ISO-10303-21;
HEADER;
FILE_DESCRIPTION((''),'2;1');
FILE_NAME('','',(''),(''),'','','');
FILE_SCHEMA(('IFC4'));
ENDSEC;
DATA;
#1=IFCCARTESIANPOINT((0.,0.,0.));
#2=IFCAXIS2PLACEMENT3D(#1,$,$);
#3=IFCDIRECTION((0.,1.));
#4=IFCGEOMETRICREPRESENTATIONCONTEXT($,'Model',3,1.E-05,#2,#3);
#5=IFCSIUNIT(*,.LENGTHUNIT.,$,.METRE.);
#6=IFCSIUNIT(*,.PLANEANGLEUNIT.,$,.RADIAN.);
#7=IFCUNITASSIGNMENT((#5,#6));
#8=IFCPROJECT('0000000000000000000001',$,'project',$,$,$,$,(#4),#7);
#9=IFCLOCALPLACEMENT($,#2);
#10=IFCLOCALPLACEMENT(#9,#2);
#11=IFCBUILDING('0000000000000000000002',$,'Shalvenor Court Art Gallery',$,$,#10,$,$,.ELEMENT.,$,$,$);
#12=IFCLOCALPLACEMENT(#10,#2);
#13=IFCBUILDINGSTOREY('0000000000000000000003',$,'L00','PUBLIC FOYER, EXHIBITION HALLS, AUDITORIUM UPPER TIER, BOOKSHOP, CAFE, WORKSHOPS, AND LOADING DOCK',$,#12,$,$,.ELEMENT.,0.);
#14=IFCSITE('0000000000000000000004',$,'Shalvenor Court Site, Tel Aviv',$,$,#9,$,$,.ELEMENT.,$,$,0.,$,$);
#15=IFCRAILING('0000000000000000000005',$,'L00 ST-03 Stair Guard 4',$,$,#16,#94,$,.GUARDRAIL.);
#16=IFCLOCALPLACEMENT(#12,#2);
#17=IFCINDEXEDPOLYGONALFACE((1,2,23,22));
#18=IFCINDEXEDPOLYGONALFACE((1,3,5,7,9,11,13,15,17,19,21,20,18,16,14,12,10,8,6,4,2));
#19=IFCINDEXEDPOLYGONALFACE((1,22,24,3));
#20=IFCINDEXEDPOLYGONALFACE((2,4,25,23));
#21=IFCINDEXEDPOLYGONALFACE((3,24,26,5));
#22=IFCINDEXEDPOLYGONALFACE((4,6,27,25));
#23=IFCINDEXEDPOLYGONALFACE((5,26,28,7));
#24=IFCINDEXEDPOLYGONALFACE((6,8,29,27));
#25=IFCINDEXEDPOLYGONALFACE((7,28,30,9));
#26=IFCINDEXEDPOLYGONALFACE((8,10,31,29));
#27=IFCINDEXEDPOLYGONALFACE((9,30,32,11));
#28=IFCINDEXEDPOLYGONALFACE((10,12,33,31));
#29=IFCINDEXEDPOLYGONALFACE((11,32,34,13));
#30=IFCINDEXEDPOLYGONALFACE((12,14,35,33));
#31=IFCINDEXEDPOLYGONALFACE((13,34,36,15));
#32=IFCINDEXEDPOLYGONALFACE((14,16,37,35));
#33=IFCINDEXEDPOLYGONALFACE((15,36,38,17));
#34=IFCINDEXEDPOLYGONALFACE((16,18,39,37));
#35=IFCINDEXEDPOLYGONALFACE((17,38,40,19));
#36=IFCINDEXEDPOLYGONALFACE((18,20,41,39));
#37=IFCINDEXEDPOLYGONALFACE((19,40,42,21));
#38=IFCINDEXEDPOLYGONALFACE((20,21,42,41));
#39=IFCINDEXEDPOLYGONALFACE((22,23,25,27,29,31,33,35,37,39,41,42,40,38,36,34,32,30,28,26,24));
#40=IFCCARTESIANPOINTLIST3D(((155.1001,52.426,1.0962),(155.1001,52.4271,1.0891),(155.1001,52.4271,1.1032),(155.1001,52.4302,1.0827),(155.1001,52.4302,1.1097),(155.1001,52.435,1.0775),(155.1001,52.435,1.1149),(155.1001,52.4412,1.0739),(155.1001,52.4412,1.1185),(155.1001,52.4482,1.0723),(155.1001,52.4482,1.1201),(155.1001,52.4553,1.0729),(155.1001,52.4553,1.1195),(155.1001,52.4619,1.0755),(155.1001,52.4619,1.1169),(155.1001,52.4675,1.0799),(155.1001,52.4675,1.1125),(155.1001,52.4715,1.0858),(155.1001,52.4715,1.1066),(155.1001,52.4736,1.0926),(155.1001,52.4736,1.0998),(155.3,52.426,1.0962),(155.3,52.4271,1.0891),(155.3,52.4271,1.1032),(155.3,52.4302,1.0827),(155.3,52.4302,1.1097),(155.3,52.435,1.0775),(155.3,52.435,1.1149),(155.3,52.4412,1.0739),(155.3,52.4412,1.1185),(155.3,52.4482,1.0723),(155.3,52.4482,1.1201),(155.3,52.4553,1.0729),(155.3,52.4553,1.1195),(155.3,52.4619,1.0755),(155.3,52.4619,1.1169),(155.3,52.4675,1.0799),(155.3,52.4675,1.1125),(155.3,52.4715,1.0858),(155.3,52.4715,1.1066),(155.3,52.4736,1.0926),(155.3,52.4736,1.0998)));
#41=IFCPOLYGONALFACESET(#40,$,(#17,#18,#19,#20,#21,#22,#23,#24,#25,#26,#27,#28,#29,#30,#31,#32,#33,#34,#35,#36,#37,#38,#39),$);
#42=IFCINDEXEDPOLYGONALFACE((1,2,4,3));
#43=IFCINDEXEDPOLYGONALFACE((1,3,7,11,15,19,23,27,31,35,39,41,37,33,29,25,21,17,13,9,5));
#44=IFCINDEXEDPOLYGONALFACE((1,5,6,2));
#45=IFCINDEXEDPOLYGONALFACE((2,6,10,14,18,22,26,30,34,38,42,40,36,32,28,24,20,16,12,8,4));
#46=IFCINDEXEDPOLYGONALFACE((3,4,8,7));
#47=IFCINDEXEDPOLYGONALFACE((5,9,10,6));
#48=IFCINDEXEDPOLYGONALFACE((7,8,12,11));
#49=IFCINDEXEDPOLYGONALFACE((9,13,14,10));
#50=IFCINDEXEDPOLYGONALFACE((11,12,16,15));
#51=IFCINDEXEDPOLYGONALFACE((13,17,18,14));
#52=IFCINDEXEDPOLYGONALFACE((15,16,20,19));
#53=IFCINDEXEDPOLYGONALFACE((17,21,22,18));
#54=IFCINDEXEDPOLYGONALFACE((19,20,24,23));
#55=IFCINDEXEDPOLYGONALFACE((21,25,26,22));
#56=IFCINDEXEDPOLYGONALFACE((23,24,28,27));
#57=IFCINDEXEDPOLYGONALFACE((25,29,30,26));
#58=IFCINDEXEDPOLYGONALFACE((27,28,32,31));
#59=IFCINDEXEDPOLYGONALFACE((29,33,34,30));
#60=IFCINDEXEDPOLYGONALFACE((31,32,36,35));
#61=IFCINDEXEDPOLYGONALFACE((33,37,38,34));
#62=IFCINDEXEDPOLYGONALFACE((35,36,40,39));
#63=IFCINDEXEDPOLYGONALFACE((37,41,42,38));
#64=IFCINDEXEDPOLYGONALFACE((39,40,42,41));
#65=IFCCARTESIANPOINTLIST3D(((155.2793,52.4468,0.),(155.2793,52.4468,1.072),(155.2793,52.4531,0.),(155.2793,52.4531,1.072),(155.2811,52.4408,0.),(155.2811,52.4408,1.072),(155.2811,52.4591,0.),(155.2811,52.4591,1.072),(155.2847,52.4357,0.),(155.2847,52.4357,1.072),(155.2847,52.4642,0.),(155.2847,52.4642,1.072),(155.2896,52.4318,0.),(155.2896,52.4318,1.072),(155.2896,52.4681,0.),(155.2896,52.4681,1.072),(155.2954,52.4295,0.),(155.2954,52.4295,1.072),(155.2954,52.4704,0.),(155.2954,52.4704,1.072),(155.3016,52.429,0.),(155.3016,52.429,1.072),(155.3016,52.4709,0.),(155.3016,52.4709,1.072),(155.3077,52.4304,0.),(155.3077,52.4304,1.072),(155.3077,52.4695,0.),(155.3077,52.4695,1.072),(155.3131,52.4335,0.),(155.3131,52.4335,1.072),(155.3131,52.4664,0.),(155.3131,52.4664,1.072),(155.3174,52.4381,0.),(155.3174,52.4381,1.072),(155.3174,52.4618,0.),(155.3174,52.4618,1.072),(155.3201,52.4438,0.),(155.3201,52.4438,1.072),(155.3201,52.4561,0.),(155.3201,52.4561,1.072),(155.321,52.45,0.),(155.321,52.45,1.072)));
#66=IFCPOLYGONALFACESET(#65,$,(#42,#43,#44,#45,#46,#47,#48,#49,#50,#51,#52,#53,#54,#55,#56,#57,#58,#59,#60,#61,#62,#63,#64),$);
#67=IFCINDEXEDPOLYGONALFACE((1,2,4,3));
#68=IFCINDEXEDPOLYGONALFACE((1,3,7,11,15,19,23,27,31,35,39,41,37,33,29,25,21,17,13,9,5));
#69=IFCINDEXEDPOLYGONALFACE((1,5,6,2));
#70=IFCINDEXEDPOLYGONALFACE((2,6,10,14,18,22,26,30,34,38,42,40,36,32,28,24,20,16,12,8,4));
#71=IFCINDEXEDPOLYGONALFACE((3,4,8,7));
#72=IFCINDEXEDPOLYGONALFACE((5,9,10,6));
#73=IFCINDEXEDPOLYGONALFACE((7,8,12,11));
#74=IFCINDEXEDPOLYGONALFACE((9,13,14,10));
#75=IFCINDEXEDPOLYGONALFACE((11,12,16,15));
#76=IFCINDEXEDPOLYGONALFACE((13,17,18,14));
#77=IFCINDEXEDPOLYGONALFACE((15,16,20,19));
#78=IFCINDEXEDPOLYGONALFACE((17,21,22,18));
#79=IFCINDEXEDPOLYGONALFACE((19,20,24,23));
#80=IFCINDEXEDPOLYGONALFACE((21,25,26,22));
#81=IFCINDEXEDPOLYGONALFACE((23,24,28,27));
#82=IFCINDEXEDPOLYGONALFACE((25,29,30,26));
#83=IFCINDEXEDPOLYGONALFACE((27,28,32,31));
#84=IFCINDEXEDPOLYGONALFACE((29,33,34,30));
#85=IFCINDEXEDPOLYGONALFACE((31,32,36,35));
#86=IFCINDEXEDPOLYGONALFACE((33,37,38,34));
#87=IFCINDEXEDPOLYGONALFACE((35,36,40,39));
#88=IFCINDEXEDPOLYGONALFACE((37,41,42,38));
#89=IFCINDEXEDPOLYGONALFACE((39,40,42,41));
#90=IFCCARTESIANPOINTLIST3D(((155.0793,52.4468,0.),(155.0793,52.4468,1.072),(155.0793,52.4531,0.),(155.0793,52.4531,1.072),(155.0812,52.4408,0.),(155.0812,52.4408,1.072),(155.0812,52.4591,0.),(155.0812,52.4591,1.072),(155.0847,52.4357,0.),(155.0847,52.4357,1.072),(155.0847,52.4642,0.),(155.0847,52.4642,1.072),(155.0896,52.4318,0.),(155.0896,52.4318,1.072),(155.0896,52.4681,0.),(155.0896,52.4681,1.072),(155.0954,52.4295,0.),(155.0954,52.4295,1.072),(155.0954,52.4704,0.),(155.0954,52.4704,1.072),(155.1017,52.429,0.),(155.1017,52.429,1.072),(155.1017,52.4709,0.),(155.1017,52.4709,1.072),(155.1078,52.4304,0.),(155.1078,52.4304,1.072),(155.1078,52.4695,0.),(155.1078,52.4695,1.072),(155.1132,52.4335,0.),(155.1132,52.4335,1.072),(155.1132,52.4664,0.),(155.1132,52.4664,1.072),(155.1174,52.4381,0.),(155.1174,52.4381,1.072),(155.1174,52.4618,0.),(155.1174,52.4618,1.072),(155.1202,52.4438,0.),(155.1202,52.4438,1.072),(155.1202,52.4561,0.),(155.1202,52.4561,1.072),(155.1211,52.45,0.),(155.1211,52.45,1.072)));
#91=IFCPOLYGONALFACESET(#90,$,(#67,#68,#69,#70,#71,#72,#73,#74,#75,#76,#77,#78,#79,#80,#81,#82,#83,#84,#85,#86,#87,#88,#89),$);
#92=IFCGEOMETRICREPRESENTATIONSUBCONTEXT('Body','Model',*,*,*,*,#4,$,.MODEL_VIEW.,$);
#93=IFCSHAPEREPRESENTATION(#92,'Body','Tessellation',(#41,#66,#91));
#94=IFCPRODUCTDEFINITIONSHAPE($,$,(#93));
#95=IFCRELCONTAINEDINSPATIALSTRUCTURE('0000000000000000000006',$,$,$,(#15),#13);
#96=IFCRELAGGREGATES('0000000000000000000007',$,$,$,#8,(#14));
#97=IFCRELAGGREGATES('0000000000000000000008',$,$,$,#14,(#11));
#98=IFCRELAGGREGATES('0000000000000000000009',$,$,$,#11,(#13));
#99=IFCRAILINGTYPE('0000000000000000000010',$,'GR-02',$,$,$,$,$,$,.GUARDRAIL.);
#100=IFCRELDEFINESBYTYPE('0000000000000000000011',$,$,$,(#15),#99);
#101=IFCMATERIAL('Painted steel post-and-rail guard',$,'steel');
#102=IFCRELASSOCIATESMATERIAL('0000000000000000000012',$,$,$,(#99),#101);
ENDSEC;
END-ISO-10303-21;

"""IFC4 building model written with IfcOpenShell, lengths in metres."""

from ifc_helpers import new_model, si_unit, direction, frame, origin, origin_2d, place, context, subcontext, project, spatial, circle, extrude, material, type_object, element, save


model = new_model("IFC4")

# Units and contexts
model_context = context("Model", 3, precision=1e-05, world=origin(), true_north=direction((0.0, 1.0)))
body_context = subcontext(model_context, "Body", "Model", "MODEL_VIEW")
ifc_project = project(units=[si_unit("LENGTHUNIT", "METRE"), si_unit("PLANEANGLEUNIT", "RADIAN")], contexts=[model_context])

# Site, building, storey
site_placement = place(None, origin())
site = spatial("IfcSite", under=ifc_project, at=site_placement, Name="Shalvenor Court Site, Tel Aviv", CompositionType="ELEMENT", RefElevation=0.0)
building_placement = place(site_placement, origin())
building = spatial("IfcBuilding", under=site, at=building_placement, Name="Shalvenor Court Art Gallery", CompositionType="ELEMENT")
storey_placement = place(building_placement, origin())
storey = spatial("IfcBuildingStorey", under=building, at=storey_placement, Name="L00", Description="PUBLIC FOYER, EXHIBITION HALLS, AUDITORIUM UPPER TIER, BOOKSHOP, CAFE, WORKSHOPS, AND LOADING DOCK", CompositionType="ELEMENT", Elevation=0.0)

# Railing
ifc_material_1 = material(Name="Painted steel post-and-rail guard", Category="steel")
railing_type_1 = type_object("IfcRailingType", Name="GR-02", PredefinedType="GUARDRAIL", material=ifc_material_1)
railing_1_placement = place(storey_placement, frame((155.3, 52.45, 0.0)))
element("IfcRailing", 1, at=railing_1_placement, inside=storey, type_object=railing_type_1, Name="L00 ST-03 Stair Guard 4", PredefinedType="GUARDRAIL", context=body_context, shape_type="SweptSolid", body=[
    extrude(circle(Radius=0.0239, at=origin_2d()), frame((0.0, 0.0, 1.0962), z_axis=(-1.0, 0.0, 0.0), x_axis=(0.0, -1.0, 0.0)), (0.0, 0.0, 1.0), 0.2),
    extrude(circle(Radius=0.021, at=origin_2d()), origin(), (0.0, 0.0, 1.0), 1.072),
    extrude(circle(Radius=0.021, at=origin_2d()), frame((-0.2, 0.0, 0.0)), (0.0, 0.0, 1.0), 1.072),
])

save(model, "model.ifc")
